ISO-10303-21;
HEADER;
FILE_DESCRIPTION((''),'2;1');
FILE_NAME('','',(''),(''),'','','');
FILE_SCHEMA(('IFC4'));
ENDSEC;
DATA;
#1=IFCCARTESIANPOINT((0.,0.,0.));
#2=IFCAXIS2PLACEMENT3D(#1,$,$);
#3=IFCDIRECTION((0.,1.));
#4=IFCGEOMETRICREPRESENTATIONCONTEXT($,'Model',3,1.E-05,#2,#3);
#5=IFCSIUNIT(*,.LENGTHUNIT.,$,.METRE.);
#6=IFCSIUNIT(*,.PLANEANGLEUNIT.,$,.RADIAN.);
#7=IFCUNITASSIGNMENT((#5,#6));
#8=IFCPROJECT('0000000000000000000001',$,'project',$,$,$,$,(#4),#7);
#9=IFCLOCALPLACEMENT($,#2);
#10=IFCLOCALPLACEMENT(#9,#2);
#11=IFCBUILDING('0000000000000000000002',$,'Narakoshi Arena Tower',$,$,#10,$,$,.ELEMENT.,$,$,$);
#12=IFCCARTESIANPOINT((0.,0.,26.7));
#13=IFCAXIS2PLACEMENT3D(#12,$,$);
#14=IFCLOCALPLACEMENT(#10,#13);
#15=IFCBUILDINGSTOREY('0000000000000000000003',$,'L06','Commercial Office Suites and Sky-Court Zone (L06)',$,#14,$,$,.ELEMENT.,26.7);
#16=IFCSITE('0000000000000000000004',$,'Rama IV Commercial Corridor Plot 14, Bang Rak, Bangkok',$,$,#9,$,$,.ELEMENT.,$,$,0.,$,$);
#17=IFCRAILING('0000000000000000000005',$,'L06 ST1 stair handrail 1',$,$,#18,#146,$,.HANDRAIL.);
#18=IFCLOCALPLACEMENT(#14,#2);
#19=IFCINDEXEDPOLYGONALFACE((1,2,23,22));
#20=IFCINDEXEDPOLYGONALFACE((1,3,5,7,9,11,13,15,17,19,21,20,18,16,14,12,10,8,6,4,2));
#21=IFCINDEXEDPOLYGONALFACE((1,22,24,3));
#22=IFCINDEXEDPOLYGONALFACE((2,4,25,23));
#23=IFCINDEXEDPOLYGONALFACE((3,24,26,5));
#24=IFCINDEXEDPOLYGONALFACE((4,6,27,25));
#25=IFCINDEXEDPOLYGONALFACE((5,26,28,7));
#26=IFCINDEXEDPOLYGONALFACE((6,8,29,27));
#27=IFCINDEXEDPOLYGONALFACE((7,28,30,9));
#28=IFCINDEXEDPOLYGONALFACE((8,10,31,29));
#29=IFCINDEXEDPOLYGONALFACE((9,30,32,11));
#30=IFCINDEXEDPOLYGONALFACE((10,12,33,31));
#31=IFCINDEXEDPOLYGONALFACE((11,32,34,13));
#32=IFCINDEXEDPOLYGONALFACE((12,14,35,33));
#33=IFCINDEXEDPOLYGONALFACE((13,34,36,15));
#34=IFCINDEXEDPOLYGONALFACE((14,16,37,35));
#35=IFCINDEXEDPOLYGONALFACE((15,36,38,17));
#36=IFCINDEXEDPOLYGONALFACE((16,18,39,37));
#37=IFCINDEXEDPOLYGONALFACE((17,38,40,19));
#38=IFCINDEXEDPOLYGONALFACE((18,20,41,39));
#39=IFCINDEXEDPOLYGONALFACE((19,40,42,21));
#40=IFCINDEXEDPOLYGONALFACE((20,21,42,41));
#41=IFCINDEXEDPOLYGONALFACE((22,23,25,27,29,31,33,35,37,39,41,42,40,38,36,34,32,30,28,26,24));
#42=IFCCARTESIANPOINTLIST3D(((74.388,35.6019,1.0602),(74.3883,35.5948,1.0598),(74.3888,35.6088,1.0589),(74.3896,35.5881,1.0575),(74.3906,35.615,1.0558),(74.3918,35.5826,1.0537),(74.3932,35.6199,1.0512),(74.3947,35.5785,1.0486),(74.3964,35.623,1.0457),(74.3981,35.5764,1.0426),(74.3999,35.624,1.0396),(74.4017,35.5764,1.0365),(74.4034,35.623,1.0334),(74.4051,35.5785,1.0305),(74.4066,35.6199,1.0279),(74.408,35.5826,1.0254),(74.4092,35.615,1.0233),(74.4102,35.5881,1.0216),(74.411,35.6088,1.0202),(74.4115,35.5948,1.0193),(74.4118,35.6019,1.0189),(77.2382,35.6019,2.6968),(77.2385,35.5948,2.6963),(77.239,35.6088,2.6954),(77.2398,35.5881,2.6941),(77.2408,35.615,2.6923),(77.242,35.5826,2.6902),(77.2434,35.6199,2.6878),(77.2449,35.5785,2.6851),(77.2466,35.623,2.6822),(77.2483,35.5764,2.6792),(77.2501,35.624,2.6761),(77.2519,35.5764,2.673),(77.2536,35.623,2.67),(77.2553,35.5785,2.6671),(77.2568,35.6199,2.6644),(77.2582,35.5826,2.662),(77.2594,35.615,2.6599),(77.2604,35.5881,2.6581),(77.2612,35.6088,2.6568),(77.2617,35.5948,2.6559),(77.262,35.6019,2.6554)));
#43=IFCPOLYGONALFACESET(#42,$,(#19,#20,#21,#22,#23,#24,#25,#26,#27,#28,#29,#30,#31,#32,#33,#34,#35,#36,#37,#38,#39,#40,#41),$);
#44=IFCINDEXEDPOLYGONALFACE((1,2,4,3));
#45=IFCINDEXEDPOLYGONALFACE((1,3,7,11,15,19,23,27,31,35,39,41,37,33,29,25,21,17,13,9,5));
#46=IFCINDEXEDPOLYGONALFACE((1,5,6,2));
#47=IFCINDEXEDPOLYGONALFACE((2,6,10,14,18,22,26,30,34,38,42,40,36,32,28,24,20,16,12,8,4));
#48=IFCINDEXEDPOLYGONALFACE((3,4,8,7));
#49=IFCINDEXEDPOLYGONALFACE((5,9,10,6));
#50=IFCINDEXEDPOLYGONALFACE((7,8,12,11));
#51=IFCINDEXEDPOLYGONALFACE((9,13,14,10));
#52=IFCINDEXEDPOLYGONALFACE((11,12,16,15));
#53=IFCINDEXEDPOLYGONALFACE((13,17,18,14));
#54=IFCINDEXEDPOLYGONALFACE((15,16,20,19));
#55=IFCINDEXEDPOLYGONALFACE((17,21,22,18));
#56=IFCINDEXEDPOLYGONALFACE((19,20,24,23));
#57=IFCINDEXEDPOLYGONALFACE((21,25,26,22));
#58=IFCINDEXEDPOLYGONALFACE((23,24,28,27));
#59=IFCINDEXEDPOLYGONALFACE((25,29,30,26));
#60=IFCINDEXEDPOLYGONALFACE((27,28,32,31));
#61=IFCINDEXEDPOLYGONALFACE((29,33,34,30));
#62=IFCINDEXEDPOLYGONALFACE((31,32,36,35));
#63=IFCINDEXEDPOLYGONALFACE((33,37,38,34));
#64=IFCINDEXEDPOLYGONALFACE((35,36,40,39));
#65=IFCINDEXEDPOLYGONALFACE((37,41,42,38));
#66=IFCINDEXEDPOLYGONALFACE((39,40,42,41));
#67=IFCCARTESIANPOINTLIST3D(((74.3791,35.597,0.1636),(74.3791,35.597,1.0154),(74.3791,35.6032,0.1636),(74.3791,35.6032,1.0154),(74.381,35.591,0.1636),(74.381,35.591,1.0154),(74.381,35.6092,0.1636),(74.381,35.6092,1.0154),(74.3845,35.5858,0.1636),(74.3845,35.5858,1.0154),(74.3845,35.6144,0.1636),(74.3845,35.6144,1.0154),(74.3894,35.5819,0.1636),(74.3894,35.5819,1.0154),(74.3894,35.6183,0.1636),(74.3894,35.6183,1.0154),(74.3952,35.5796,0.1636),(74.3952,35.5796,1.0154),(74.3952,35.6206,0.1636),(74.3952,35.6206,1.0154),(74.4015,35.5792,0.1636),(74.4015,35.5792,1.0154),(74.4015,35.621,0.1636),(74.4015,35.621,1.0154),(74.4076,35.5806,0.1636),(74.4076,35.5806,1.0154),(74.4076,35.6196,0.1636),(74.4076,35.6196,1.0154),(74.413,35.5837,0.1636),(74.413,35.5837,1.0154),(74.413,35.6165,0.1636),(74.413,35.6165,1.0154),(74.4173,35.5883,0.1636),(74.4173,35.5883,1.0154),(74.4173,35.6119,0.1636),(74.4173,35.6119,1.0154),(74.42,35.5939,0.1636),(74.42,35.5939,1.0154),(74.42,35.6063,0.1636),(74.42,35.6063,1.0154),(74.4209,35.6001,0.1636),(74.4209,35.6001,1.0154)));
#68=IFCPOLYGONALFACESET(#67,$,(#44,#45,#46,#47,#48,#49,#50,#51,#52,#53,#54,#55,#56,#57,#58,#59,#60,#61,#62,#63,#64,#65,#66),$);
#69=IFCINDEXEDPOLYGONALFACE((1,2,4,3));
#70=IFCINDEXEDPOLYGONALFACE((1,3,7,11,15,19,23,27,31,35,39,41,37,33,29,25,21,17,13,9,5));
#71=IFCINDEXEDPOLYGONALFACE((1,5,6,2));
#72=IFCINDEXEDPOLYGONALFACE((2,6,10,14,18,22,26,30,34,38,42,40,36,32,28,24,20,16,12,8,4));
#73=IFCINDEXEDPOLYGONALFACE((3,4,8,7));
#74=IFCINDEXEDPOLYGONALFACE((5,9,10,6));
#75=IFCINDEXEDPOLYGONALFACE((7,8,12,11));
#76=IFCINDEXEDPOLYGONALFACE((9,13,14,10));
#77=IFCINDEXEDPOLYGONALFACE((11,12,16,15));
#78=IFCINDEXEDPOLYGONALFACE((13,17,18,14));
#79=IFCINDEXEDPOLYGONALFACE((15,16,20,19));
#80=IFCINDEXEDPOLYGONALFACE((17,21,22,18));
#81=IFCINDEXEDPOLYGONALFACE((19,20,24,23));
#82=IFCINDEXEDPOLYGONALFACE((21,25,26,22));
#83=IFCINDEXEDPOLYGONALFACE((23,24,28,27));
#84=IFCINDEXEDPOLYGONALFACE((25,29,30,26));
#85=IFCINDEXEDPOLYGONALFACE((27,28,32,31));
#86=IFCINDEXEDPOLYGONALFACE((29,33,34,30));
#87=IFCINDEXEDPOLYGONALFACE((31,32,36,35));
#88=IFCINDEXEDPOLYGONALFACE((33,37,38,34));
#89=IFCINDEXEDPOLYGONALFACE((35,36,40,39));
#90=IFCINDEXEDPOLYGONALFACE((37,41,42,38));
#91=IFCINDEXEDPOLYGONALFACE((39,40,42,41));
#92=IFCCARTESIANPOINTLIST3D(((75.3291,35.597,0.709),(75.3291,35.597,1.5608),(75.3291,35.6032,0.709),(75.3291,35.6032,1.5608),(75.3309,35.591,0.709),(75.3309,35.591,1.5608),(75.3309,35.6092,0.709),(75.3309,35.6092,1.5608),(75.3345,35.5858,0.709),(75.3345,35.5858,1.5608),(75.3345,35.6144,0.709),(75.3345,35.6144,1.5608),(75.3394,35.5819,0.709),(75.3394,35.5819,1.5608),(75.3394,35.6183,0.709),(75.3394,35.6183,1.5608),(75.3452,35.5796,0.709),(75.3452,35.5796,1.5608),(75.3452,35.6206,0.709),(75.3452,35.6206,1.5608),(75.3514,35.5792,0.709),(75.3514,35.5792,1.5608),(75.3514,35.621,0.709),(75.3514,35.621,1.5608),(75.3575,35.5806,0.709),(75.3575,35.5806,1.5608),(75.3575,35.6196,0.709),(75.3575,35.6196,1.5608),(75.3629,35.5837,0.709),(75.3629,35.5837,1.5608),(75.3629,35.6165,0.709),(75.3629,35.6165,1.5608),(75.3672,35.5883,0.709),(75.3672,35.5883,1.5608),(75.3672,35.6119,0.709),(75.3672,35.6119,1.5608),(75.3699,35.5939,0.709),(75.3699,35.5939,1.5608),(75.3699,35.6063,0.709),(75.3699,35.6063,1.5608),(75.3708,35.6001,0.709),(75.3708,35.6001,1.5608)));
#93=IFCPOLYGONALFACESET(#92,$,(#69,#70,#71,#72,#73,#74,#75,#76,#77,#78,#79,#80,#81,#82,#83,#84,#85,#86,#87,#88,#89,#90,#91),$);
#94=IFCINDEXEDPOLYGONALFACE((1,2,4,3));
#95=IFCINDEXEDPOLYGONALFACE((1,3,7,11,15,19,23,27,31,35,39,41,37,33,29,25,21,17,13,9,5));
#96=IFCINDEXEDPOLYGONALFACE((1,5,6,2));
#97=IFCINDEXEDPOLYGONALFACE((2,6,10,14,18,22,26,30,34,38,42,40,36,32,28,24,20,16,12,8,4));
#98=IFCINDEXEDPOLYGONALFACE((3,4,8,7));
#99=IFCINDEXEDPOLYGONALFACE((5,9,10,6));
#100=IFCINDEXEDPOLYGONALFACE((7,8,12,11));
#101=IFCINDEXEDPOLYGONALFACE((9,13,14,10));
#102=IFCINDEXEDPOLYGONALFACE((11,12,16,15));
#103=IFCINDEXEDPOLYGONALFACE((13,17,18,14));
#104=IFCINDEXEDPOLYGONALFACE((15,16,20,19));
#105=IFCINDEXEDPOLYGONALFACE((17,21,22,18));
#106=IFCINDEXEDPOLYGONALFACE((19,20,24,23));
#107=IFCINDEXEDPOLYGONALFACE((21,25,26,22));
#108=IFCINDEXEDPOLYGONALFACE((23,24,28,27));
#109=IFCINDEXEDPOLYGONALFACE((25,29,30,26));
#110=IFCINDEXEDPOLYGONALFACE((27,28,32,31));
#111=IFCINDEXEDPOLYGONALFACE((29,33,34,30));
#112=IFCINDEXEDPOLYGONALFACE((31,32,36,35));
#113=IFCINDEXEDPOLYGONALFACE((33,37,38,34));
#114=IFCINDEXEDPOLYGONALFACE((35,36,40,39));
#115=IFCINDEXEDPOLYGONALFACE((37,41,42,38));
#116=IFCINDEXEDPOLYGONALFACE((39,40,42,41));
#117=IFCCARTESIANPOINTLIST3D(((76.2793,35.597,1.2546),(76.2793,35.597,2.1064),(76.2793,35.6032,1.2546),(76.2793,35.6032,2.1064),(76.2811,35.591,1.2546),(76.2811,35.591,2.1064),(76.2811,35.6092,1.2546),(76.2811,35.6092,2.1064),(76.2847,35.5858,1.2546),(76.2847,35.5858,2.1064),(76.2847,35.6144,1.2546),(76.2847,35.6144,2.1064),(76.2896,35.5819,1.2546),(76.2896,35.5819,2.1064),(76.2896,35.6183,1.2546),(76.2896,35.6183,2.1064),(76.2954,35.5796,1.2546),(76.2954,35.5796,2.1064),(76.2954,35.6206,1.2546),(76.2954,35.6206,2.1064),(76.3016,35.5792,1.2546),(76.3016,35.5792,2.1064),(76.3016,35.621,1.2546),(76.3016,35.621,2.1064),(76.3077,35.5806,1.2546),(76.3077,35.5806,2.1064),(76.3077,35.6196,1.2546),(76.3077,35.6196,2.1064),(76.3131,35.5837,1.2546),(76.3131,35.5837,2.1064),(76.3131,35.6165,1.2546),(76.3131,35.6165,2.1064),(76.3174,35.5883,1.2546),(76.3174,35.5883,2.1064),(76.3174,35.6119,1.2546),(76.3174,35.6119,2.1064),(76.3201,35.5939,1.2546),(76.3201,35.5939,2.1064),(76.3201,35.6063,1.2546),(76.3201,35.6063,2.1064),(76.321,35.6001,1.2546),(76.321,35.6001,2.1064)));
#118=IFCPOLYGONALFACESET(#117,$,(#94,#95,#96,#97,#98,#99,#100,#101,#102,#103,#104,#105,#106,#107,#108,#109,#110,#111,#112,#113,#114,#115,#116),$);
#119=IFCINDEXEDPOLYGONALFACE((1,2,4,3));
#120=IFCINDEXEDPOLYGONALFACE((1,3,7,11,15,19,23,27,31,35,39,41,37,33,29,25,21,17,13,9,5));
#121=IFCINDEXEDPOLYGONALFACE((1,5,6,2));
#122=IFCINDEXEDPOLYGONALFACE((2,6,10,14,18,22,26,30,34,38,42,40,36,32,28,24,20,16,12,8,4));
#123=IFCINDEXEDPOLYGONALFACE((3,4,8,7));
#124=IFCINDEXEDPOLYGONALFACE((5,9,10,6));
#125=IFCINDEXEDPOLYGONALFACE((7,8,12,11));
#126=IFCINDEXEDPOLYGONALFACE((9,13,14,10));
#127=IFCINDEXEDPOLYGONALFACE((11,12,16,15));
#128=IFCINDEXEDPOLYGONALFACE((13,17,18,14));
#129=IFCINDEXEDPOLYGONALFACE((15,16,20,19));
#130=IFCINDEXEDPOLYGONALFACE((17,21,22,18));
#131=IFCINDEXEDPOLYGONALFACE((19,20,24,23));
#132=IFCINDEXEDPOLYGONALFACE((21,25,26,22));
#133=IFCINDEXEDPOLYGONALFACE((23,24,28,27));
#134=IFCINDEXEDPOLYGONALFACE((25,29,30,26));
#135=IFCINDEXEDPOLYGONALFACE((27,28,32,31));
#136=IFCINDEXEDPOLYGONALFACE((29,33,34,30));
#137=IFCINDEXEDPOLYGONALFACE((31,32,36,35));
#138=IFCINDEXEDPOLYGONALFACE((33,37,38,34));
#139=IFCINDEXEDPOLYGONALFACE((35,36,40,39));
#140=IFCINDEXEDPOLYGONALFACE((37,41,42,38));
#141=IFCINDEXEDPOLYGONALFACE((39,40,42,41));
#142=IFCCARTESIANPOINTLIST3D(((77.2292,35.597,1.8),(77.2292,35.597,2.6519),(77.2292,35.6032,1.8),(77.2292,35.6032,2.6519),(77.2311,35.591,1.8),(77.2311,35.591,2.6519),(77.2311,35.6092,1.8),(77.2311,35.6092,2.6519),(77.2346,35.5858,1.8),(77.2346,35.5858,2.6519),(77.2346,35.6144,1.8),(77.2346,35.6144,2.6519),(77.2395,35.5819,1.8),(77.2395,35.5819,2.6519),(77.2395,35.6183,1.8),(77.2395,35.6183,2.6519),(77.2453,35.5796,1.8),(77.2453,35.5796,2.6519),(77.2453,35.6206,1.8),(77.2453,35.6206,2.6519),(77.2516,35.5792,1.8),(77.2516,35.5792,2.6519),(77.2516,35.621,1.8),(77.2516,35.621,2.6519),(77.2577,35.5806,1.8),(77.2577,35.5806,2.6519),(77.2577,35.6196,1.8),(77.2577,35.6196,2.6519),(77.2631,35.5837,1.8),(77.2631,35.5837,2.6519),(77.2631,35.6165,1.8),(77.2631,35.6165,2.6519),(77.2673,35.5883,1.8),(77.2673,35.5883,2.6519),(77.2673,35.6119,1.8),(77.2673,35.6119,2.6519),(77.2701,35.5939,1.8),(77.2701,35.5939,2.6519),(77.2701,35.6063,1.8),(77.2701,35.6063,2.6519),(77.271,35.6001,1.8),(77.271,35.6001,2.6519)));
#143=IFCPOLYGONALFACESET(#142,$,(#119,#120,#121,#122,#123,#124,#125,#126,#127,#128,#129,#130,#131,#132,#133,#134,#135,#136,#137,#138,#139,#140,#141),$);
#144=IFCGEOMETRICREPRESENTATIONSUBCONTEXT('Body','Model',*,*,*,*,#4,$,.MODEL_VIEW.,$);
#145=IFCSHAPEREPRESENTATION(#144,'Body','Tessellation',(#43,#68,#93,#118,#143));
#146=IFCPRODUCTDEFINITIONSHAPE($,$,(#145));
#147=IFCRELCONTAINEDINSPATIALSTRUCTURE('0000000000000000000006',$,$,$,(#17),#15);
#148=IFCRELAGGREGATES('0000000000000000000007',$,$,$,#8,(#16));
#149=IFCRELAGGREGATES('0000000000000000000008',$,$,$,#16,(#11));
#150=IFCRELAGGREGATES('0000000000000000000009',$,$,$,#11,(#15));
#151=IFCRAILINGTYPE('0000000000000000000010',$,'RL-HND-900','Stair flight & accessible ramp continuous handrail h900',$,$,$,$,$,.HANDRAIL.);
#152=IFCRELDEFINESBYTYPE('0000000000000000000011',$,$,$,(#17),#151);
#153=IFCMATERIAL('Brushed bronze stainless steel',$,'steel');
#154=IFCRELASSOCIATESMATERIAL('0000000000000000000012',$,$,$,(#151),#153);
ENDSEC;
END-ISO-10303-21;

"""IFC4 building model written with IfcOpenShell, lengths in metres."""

from ifc_helpers import new_model, si_unit, direction, frame, origin, origin_2d, place, context, subcontext, project, spatial, circle, extrude, material, type_object, element, save


model = new_model("IFC4")

# Units and contexts
model_context = context("Model", 3, precision=1e-05, world=origin(), true_north=direction((0.0, 1.0)))
body_context = subcontext(model_context, "Body", "Model", "MODEL_VIEW")
ifc_project = project(units=[si_unit("LENGTHUNIT", "METRE"), si_unit("PLANEANGLEUNIT", "RADIAN")], contexts=[model_context])

# Site, building, storey
site_placement = place(None, origin())
site = spatial("IfcSite", under=ifc_project, at=site_placement, Name="Rama IV Commercial Corridor Plot 14, Bang Rak, Bangkok", CompositionType="ELEMENT", RefElevation=0.0)
building_placement = place(site_placement, origin())
building = spatial("IfcBuilding", under=site, at=building_placement, Name="Narakoshi Arena Tower", CompositionType="ELEMENT")
storey_placement = place(building_placement, frame((0.0, 0.0, 26.7)))
storey = spatial("IfcBuildingStorey", under=building, at=storey_placement, Name="L06", Description="Commercial Office Suites and Sky-Court Zone (L06)", CompositionType="ELEMENT", Elevation=26.7)

# Shared definitions
ifc_material_1 = material(Name="Brushed bronze stainless steel", Category="steel")

# Railing
railing_type_1 = type_object("IfcRailingType", Name="RL-HND-900", Description="Stair flight & accessible ramp continuous handrail h900", PredefinedType="HANDRAIL", material=ifc_material_1)
railing_1_placement = place(storey_placement, frame((74.3999, 35.6001, 0.1636)))
element("IfcRailing", 1, at=railing_1_placement, inside=storey, type_object=railing_type_1, Name="L06 ST1 stair handrail 1", PredefinedType="HANDRAIL", context=body_context, shape_type="SweptSolid", body=[
    extrude(circle(Radius=0.0239, at=origin_2d()), frame((0.0, 0.0, 0.876), z_axis=(0.867213, 0.0, 0.497938), x_axis=(0.0, 1.0, 0.0)), (0.0, 0.0, 1.0), 3.2866),
    extrude(circle(Radius=0.021, at=origin_2d()), origin(), (0.0, 0.0, 1.0), 0.8518),
    extrude(circle(Radius=0.021, at=origin_2d()), frame((0.95, 0.0, 0.5454)), (0.0, 0.0, 1.0), 0.8518),
    extrude(circle(Radius=0.021, at=origin_2d()), frame((1.9001, 0.0, 1.0911)), (0.0, 0.0, 1.0), 0.8518),
    extrude(circle(Radius=0.021, at=origin_2d()), frame((2.8501, 0.0, 1.6365)), (0.0, 0.0, 1.0), 0.8518),
])

save(model, "model.ifc")
